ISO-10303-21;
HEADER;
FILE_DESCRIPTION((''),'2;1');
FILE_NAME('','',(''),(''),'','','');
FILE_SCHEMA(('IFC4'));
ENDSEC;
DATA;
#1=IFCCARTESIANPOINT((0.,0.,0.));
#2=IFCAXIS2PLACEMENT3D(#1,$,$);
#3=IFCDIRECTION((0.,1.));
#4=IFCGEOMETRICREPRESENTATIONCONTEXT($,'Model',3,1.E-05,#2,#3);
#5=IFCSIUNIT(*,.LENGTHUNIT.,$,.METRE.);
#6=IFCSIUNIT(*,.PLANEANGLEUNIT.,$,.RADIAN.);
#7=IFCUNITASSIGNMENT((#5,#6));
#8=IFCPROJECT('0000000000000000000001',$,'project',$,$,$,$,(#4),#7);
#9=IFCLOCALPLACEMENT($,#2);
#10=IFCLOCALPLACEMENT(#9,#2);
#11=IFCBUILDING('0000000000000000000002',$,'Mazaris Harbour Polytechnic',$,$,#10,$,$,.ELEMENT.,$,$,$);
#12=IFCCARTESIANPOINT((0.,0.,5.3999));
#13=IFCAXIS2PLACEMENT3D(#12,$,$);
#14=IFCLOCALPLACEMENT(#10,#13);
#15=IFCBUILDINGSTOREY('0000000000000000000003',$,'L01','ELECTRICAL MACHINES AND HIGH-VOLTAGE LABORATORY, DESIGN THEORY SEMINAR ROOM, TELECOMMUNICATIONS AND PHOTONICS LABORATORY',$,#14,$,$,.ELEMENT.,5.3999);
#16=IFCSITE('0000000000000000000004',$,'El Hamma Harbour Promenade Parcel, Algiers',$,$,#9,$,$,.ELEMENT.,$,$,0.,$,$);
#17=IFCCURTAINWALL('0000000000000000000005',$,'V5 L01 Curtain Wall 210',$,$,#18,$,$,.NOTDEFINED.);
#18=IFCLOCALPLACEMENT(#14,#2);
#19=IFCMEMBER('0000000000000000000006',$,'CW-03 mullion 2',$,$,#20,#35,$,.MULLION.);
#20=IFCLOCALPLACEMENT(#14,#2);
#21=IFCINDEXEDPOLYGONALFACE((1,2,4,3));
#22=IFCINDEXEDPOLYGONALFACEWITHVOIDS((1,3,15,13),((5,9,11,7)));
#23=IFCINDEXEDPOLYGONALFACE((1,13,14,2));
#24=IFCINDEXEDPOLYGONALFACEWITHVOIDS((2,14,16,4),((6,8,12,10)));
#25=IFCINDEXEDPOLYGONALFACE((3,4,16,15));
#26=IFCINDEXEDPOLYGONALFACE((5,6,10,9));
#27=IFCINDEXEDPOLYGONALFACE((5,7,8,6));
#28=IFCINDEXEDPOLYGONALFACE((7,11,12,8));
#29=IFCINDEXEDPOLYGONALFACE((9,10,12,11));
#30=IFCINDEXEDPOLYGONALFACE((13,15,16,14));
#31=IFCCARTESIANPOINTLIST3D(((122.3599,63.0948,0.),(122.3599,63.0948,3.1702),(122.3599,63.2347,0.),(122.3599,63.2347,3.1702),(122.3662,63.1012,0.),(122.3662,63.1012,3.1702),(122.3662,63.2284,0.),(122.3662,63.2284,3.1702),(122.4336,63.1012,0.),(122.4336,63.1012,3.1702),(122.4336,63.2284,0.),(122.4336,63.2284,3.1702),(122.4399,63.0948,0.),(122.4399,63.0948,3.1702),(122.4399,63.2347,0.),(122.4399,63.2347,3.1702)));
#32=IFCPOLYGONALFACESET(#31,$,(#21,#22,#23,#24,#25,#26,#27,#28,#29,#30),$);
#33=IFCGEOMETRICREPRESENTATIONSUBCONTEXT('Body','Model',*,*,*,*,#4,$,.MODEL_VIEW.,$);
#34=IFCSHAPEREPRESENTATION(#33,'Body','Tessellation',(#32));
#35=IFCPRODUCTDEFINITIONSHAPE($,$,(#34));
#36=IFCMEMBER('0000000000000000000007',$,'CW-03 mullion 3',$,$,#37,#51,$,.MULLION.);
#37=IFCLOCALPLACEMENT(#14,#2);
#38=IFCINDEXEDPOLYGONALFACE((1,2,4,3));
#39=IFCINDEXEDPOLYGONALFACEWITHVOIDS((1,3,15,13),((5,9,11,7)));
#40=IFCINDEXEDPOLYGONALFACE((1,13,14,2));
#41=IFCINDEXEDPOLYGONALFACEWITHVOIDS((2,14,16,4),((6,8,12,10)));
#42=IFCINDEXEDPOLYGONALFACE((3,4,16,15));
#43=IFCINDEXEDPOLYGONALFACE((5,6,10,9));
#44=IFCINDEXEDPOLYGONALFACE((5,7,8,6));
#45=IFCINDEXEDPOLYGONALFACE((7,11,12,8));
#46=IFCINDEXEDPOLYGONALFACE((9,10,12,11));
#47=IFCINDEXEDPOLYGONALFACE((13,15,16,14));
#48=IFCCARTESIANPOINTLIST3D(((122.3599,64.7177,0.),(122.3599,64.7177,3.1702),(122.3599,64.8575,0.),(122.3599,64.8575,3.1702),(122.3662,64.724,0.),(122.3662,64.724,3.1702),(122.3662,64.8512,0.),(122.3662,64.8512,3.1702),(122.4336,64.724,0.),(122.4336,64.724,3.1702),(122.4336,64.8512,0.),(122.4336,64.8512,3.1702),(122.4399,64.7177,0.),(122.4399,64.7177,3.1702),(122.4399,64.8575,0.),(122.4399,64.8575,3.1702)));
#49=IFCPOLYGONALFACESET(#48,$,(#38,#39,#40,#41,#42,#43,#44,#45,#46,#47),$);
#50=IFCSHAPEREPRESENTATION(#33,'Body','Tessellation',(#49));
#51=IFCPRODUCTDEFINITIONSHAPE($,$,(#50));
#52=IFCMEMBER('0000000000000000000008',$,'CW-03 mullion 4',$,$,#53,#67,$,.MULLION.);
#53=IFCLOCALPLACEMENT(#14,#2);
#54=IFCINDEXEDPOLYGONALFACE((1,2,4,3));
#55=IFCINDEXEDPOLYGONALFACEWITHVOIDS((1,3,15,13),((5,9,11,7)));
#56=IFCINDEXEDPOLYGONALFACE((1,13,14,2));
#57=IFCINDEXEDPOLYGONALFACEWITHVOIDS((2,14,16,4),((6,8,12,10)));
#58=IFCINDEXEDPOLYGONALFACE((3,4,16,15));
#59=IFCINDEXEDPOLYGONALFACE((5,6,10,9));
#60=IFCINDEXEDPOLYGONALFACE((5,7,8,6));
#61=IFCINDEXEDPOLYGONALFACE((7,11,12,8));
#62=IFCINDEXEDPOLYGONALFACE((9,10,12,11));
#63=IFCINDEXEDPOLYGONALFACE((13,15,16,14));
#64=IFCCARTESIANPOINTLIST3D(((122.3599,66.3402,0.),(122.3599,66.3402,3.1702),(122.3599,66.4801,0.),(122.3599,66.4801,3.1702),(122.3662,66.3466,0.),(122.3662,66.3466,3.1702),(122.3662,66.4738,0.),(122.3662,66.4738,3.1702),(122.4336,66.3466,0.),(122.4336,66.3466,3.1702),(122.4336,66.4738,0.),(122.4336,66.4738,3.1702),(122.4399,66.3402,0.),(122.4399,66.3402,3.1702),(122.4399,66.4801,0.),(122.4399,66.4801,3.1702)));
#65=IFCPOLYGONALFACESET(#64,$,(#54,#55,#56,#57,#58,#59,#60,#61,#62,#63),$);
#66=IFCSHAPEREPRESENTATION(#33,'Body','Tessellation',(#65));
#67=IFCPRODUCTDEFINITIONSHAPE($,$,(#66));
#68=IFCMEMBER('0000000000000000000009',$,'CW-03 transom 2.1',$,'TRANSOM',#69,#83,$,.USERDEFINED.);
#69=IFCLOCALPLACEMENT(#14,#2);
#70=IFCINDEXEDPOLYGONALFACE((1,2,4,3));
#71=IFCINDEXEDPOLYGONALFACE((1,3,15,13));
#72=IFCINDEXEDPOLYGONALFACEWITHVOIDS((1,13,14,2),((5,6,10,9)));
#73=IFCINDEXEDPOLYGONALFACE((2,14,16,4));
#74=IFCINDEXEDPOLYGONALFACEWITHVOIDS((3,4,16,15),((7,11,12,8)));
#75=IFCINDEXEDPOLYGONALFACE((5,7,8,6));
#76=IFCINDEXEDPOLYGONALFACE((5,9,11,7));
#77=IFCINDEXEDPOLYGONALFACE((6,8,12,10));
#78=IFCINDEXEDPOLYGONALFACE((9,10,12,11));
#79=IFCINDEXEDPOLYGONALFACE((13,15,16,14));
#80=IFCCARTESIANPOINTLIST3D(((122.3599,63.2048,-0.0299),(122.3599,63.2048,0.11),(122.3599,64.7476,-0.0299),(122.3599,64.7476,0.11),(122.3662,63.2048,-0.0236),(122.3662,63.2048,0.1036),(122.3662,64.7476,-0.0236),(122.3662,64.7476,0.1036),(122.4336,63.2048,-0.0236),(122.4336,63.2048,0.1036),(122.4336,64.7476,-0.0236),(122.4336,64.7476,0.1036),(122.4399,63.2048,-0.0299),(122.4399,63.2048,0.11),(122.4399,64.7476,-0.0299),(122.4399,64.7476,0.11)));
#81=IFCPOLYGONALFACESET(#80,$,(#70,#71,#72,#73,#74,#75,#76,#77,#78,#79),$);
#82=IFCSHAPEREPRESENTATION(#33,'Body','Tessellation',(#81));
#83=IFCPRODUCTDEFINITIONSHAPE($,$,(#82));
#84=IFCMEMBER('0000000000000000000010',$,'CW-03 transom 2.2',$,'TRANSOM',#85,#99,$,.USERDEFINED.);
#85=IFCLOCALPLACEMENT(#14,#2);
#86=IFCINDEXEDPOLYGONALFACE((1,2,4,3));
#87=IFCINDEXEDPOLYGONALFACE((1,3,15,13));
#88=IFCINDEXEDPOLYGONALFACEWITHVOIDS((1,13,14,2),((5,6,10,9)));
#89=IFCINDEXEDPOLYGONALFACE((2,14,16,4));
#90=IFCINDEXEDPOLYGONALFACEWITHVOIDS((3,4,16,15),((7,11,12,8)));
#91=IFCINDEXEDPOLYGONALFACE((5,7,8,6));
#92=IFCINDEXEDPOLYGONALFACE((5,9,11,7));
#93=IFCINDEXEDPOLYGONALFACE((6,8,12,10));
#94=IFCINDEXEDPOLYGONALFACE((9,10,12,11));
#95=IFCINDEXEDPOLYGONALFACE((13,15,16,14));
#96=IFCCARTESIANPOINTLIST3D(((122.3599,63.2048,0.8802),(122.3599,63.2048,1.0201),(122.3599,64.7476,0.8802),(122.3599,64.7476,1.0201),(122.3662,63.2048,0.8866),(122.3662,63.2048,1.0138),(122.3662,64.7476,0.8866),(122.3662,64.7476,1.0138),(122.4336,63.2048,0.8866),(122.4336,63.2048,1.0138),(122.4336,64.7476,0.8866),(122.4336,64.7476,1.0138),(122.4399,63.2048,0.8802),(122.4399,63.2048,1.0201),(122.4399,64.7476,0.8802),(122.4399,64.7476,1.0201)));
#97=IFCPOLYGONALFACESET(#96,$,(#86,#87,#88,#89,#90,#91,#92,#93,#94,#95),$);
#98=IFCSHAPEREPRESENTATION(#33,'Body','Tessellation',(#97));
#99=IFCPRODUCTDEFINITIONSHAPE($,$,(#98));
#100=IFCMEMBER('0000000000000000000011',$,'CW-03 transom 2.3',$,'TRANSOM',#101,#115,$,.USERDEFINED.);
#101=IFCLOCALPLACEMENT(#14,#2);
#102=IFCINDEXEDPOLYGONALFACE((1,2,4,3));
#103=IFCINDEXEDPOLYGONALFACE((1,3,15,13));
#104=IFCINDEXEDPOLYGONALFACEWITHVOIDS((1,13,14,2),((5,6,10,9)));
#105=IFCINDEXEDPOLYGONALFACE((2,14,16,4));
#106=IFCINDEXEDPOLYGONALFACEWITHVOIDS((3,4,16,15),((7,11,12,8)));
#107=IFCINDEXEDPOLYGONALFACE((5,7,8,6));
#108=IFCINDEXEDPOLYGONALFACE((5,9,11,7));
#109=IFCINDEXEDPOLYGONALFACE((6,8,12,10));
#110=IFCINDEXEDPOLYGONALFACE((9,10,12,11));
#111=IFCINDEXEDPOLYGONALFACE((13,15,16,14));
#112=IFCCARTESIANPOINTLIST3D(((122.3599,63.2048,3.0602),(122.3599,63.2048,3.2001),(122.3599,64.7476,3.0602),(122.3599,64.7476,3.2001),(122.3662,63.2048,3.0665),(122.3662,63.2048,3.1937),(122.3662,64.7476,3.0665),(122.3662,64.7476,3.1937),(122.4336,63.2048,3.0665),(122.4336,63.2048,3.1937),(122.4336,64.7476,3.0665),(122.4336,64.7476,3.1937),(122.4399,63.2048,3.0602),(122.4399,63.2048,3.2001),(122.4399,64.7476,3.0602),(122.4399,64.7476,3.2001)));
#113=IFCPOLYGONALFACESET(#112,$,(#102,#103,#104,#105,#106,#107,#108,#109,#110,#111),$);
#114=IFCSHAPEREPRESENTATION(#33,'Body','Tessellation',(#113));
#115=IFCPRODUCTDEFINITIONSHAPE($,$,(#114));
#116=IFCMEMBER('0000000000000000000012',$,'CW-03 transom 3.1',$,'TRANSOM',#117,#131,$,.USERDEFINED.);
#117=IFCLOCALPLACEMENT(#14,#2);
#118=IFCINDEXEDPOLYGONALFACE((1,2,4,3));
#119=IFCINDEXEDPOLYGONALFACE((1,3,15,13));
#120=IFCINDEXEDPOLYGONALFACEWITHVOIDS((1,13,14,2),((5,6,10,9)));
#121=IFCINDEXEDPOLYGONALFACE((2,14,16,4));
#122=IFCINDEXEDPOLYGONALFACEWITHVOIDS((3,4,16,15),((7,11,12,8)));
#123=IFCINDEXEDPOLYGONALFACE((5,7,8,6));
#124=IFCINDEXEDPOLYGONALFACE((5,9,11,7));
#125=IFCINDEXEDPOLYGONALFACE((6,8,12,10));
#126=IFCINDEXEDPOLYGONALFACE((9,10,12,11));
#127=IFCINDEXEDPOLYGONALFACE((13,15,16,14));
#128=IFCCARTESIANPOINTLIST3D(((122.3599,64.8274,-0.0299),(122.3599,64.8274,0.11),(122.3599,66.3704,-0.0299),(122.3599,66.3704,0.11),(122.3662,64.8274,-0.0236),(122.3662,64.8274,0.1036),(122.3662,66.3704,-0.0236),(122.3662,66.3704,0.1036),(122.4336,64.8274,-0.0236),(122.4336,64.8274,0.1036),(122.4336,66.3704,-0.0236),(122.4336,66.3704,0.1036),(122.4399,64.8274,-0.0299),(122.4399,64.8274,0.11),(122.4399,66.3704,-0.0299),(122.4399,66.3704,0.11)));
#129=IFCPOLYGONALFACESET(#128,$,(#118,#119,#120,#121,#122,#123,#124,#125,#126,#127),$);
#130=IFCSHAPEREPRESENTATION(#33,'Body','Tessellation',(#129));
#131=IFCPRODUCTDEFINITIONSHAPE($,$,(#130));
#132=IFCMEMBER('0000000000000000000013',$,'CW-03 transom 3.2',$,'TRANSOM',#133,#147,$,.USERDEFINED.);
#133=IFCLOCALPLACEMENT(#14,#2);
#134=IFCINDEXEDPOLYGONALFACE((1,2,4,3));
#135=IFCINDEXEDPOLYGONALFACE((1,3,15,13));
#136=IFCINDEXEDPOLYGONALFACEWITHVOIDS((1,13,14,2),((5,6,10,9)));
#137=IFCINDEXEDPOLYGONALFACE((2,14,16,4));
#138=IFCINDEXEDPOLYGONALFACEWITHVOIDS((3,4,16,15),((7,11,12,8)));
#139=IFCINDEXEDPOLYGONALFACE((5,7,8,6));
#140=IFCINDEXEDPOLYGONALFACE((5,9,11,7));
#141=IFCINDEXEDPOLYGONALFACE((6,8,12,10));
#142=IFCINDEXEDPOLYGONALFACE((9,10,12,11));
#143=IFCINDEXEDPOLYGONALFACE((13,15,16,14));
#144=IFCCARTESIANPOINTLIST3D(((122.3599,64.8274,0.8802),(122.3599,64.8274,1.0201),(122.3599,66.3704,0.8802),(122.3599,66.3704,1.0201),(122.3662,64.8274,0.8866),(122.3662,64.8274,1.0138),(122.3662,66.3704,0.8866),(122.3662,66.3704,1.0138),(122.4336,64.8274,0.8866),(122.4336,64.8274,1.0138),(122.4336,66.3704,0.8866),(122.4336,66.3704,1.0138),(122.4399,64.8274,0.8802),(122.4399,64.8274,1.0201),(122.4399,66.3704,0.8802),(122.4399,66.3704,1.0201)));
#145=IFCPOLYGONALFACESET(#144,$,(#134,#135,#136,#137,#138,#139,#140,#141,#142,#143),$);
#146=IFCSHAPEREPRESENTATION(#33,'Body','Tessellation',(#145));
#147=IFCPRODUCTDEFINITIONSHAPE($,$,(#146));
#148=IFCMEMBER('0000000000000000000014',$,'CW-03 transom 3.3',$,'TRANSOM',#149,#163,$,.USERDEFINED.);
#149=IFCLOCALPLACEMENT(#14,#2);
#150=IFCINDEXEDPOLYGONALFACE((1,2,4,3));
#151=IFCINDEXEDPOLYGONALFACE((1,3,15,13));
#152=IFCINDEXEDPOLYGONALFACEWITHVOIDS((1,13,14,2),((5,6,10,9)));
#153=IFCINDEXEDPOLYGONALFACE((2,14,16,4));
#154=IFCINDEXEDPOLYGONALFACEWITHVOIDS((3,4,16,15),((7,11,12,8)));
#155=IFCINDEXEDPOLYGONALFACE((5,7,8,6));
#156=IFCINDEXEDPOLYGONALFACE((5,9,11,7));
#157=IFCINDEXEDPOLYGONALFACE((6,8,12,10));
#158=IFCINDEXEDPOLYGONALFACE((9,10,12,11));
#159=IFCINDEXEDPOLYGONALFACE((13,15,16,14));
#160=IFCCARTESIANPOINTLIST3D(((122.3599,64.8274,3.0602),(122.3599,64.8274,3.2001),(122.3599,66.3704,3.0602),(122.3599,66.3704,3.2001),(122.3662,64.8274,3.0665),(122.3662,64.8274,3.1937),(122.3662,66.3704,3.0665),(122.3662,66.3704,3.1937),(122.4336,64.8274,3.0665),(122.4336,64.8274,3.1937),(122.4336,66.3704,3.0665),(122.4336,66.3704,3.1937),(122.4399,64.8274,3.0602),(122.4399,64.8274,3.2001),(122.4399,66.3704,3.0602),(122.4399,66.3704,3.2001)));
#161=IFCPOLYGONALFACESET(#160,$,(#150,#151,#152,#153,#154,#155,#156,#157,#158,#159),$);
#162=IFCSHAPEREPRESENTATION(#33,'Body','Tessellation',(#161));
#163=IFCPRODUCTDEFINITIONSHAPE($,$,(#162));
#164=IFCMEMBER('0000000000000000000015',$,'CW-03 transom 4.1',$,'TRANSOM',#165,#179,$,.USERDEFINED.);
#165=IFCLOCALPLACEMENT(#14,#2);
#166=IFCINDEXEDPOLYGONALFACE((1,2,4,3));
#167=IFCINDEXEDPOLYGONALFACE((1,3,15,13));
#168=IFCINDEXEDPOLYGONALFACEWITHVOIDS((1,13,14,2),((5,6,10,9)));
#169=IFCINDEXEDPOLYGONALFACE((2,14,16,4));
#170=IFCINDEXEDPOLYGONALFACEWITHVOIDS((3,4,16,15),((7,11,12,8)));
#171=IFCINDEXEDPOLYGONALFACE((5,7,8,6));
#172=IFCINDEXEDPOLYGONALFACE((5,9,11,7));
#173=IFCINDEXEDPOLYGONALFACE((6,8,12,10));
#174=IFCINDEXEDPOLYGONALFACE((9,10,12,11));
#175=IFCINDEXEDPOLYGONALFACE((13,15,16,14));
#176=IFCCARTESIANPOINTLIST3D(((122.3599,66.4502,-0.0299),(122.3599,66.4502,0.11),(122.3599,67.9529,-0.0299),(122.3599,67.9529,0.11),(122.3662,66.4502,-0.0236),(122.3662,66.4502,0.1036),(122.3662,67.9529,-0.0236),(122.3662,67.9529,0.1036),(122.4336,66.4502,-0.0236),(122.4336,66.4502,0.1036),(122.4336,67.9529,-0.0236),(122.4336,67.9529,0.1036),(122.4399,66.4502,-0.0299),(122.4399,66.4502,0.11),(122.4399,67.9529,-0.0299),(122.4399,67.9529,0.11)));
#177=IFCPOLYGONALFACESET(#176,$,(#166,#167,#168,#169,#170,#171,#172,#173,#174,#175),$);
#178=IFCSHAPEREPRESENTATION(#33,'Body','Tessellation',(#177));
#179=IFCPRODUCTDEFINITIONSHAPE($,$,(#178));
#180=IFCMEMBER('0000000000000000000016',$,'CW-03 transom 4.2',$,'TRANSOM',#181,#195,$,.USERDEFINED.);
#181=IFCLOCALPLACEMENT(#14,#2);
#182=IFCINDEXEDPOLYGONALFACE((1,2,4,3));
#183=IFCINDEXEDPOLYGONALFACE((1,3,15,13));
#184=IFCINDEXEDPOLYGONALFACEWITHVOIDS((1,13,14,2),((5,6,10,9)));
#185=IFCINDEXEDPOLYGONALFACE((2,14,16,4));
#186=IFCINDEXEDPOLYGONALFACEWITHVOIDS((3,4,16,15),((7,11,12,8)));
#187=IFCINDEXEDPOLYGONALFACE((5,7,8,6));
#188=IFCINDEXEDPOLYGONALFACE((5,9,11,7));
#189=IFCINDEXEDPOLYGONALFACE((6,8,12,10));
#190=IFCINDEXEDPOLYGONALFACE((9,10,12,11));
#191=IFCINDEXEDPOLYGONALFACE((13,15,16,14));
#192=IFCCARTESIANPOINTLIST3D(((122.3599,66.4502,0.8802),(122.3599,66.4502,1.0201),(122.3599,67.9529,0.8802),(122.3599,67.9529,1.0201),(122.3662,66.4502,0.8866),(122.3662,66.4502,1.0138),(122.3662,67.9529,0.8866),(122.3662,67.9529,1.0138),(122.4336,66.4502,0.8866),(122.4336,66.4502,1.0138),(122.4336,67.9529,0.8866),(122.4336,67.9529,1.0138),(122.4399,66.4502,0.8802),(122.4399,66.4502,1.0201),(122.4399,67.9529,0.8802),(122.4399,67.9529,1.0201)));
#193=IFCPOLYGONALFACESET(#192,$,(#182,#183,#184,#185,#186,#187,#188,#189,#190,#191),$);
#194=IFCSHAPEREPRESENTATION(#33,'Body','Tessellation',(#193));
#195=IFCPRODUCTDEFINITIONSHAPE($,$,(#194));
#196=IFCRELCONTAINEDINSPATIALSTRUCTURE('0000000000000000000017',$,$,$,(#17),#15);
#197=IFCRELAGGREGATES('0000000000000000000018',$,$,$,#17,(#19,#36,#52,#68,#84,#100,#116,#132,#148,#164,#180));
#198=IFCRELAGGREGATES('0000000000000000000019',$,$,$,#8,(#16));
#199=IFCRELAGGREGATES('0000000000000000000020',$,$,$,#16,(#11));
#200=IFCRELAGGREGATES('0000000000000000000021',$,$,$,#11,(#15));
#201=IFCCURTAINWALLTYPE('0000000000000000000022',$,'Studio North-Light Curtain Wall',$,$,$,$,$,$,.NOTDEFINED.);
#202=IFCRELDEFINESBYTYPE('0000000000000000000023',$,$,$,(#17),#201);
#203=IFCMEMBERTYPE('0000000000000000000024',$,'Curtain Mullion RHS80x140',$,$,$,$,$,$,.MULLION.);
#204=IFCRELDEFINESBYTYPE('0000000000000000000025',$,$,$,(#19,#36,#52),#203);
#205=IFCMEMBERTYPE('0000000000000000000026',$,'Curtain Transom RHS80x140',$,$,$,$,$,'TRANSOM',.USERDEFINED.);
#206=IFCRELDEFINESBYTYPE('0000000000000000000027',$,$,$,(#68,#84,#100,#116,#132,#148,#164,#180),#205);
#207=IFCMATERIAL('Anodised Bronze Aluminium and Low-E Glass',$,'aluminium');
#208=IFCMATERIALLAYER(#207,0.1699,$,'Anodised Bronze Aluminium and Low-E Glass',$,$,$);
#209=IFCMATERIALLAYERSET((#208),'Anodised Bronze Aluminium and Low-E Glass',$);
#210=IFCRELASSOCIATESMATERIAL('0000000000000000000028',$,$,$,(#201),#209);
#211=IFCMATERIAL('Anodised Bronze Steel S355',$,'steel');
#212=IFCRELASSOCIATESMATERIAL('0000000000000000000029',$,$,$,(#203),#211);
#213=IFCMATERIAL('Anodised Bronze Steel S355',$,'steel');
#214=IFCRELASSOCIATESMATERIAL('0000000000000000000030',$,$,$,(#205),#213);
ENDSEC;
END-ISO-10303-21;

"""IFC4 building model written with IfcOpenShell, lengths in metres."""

from ifc_helpers import new_model, si_unit, direction, frame, origin, origin_2d, place, context, subcontext, project, spatial, hollow_rectangle, extrude, material, layer, layer_set, material_profile, profile_set, type_object, element, aggregate, save


model = new_model("IFC4")

# Units and contexts
model_context = context("Model", 3, precision=1e-05, world=origin(), true_north=direction((0.0, 1.0)))
body_context = subcontext(model_context, "Body", "Model", "MODEL_VIEW")
ifc_project = project(units=[si_unit("LENGTHUNIT", "METRE"), si_unit("PLANEANGLEUNIT", "RADIAN")], contexts=[model_context])

# Site, building, storey
site_placement = place(None, origin())
site = spatial("IfcSite", under=ifc_project, at=site_placement, Name="El Hamma Harbour Promenade Parcel, Algiers", CompositionType="ELEMENT", RefElevation=0.0)
building_placement = place(site_placement, origin())
building = spatial("IfcBuilding", under=site, at=building_placement, Name="Mazaris Harbour Polytechnic", CompositionType="ELEMENT")
storey_placement = place(building_placement, frame((0.0, 0.0, 5.3999)))
storey = spatial("IfcBuildingStorey", under=building, at=storey_placement, Name="L01", Description="ELECTRICAL MACHINES AND HIGH-VOLTAGE LABORATORY, DESIGN THEORY SEMINAR ROOM, TELECOMMUNICATIONS AND PHOTONICS LABORATORY", CompositionType="ELEMENT", Elevation=5.3999)

# Curtain wall, members
ifc_material_1 = material(Name="Anodised Bronze Aluminium and Low-E Glass", Category="aluminium")
ifc_layer_1 = layer(ifc_material_1, 0.1699, Name="Anodised Bronze Aluminium and Low-E Glass")
ifc_layer_set_1 = layer_set([ifc_layer_1], Name="Anodised Bronze Aluminium and Low-E Glass")
curtain_wall_type = type_object("IfcCurtainWallType", Name="Studio North-Light Curtain Wall", PredefinedType="NOTDEFINED", material=ifc_layer_set_1)
curtain_wall_placement = place(storey_placement, origin())
curtain_wall = element("IfcCurtainWall", 1, at=curtain_wall_placement, inside=storey, type_object=curtain_wall_type, Name="V5 L01 Curtain Wall 210", PredefinedType="NOTDEFINED")
ifc_material_2 = material(Name="Anodised Bronze Steel S355", Category="steel")
ifc_material_profile_1 = material_profile(ifc_material_2, hollow_rectangle(XDim=0.0801, YDim=0.1399, WallThickness=0.0063, at=origin_2d()), Name="RHS 80x140x6.3")
ifc_profile_set_1 = profile_set([ifc_material_profile_1], Name="Anodised Bronze Steel S355")
member_type_1 = type_object("IfcMemberType", Name="Curtain Mullion RHS80x140", PredefinedType="MULLION", material=ifc_profile_set_1)
member_1_placement = place(storey_placement, frame((122.3999, 63.1648, 0.0), z_axis=(0.0, 0.0, 1.0), x_axis=(-1.0, 0.0, 0.0)))
member_1 = element("IfcMember", 2, at=member_1_placement, type_object=member_type_1, Name="CW-03 mullion 2", PredefinedType="MULLION", context=body_context, shape_type="SweptSolid", body=[
    extrude(hollow_rectangle(XDim=0.0801, YDim=0.1399, WallThickness=0.0063, at=origin_2d()), origin(), (0.0, 0.0, 1.0), 3.1702),
])
member_2_placement = place(storey_placement, frame((122.3999, 64.7876, 0.0), z_axis=(0.0, 0.0, 1.0), x_axis=(-1.0, 0.0, 0.0)))
member_2 = element("IfcMember", 3, at=member_2_placement, type_object=member_type_1, Name="CW-03 mullion 3", PredefinedType="MULLION", context=body_context, shape_type="SweptSolid", body=[
    extrude(hollow_rectangle(XDim=0.0801, YDim=0.1399, WallThickness=0.0063, at=origin_2d()), origin(), (0.0, 0.0, 1.0), 3.1702),
])
member_3_placement = place(storey_placement, frame((122.3999, 66.4102, 0.0), z_axis=(0.0, 0.0, 1.0), x_axis=(-1.0, 0.0, 0.0)))
member_3 = element("IfcMember", 4, at=member_3_placement, type_object=member_type_1, Name="CW-03 mullion 4", PredefinedType="MULLION", context=body_context, shape_type="SweptSolid", body=[
    extrude(hollow_rectangle(XDim=0.0801, YDim=0.1399, WallThickness=0.0063, at=origin_2d()), origin(), (0.0, 0.0, 1.0), 3.1702),
])
ifc_material_3 = material(Name="Anodised Bronze Steel S355", Category="steel")
ifc_material_profile_2 = material_profile(ifc_material_3, hollow_rectangle(XDim=0.0801, YDim=0.1399, WallThickness=0.0063, at=origin_2d()), Name="RHS 80x140x6.3")
ifc_profile_set_2 = profile_set([ifc_material_profile_2], Name="Anodised Bronze Steel S355")
member_type_2 = type_object("IfcMemberType", Name="Curtain Transom RHS80x140", ElementType="TRANSOM", PredefinedType="USERDEFINED", material=ifc_profile_set_2)
member_4_placement = place(storey_placement, frame((122.3999, 63.2048, 0.04), z_axis=(0.0, 1.0, 0.0), x_axis=(-1.0, 0.0, 0.0)))
member_4 = element("IfcMember", 5, at=member_4_placement, type_object=member_type_2, Name="CW-03 transom 2.1", ObjectType="TRANSOM", PredefinedType="USERDEFINED", context=body_context, shape_type="SweptSolid", body=[
    extrude(hollow_rectangle(XDim=0.0801, YDim=0.1399, WallThickness=0.0063, at=origin_2d()), origin(), (0.0, 0.0, 1.0), 1.5427),
])
member_5_placement = place(storey_placement, frame((122.3999, 63.2048, 0.9502), z_axis=(0.0, 1.0, 0.0), x_axis=(-1.0, 0.0, 0.0)))
member_5 = element("IfcMember", 6, at=member_5_placement, type_object=member_type_2, Name="CW-03 transom 2.2", ObjectType="TRANSOM", PredefinedType="USERDEFINED", context=body_context, shape_type="SweptSolid", body=[
    extrude(hollow_rectangle(XDim=0.0801, YDim=0.1399, WallThickness=0.0063, at=origin_2d()), origin(), (0.0, 0.0, 1.0), 1.5427),
])
member_6_placement = place(storey_placement, frame((122.3999, 63.2048, 3.1301), z_axis=(0.0, 1.0, 0.0), x_axis=(-1.0, 0.0, 0.0)))
member_6 = element("IfcMember", 7, at=member_6_placement, type_object=member_type_2, Name="CW-03 transom 2.3", ObjectType="TRANSOM", PredefinedType="USERDEFINED", context=body_context, shape_type="SweptSolid", body=[
    extrude(hollow_rectangle(XDim=0.0801, YDim=0.1399, WallThickness=0.0063, at=origin_2d()), origin(), (0.0, 0.0, 1.0), 1.5427),
])
member_7_placement = place(storey_placement, frame((122.3999, 64.8274, 0.04), z_axis=(0.0, 1.0, 0.0), x_axis=(-1.0, 0.0, 0.0)))
member_7 = element("IfcMember", 8, at=member_7_placement, type_object=member_type_2, Name="CW-03 transom 3.1", ObjectType="TRANSOM", PredefinedType="USERDEFINED", context=body_context, shape_type="SweptSolid", body=[
    extrude(hollow_rectangle(XDim=0.0801, YDim=0.1399, WallThickness=0.0063, at=origin_2d()), origin(), (0.0, 0.0, 1.0), 1.543),
])
member_8_placement = place(storey_placement, frame((122.3999, 64.8274, 0.9502), z_axis=(0.0, 1.0, 0.0), x_axis=(-1.0, 0.0, 0.0)))
member_8 = element("IfcMember", 9, at=member_8_placement, type_object=member_type_2, Name="CW-03 transom 3.2", ObjectType="TRANSOM", PredefinedType="USERDEFINED", context=body_context, shape_type="SweptSolid", body=[
    extrude(hollow_rectangle(XDim=0.0801, YDim=0.1399, WallThickness=0.0063, at=origin_2d()), origin(), (0.0, 0.0, 1.0), 1.543),
])
member_9_placement = place(storey_placement, frame((122.3999, 64.8274, 3.1301), z_axis=(0.0, 1.0, 0.0), x_axis=(-1.0, 0.0, 0.0)))
member_9 = element("IfcMember", 10, at=member_9_placement, type_object=member_type_2, Name="CW-03 transom 3.3", ObjectType="TRANSOM", PredefinedType="USERDEFINED", context=body_context, shape_type="SweptSolid", body=[
    extrude(hollow_rectangle(XDim=0.0801, YDim=0.1399, WallThickness=0.0063, at=origin_2d()), origin(), (0.0, 0.0, 1.0), 1.543),
])
member_10_placement = place(storey_placement, frame((122.3999, 66.4502, 0.04), z_axis=(0.0, 1.0, 0.0), x_axis=(-1.0, 0.0, 0.0)))
member_10 = element("IfcMember", 11, at=member_10_placement, type_object=member_type_2, Name="CW-03 transom 4.1", ObjectType="TRANSOM", PredefinedType="USERDEFINED", context=body_context, shape_type="SweptSolid", body=[
    extrude(hollow_rectangle(XDim=0.0801, YDim=0.1399, WallThickness=0.0063, at=origin_2d()), origin(), (0.0, 0.0, 1.0), 1.5027),
])
member_11_placement = place(storey_placement, frame((122.3999, 66.4502, 0.9502), z_axis=(0.0, 1.0, 0.0), x_axis=(-1.0, 0.0, 0.0)))
member_11 = element("IfcMember", 12, at=member_11_placement, type_object=member_type_2, Name="CW-03 transom 4.2", ObjectType="TRANSOM", PredefinedType="USERDEFINED", context=body_context, shape_type="SweptSolid", body=[
    extrude(hollow_rectangle(XDim=0.0801, YDim=0.1399, WallThickness=0.0063, at=origin_2d()), origin(), (0.0, 0.0, 1.0), 1.5027),
])
aggregate(curtain_wall, [member_1, member_2, member_3, member_4, member_5, member_6, member_7, member_8, member_9, member_10, member_11])

save(model, "model.ifc")
